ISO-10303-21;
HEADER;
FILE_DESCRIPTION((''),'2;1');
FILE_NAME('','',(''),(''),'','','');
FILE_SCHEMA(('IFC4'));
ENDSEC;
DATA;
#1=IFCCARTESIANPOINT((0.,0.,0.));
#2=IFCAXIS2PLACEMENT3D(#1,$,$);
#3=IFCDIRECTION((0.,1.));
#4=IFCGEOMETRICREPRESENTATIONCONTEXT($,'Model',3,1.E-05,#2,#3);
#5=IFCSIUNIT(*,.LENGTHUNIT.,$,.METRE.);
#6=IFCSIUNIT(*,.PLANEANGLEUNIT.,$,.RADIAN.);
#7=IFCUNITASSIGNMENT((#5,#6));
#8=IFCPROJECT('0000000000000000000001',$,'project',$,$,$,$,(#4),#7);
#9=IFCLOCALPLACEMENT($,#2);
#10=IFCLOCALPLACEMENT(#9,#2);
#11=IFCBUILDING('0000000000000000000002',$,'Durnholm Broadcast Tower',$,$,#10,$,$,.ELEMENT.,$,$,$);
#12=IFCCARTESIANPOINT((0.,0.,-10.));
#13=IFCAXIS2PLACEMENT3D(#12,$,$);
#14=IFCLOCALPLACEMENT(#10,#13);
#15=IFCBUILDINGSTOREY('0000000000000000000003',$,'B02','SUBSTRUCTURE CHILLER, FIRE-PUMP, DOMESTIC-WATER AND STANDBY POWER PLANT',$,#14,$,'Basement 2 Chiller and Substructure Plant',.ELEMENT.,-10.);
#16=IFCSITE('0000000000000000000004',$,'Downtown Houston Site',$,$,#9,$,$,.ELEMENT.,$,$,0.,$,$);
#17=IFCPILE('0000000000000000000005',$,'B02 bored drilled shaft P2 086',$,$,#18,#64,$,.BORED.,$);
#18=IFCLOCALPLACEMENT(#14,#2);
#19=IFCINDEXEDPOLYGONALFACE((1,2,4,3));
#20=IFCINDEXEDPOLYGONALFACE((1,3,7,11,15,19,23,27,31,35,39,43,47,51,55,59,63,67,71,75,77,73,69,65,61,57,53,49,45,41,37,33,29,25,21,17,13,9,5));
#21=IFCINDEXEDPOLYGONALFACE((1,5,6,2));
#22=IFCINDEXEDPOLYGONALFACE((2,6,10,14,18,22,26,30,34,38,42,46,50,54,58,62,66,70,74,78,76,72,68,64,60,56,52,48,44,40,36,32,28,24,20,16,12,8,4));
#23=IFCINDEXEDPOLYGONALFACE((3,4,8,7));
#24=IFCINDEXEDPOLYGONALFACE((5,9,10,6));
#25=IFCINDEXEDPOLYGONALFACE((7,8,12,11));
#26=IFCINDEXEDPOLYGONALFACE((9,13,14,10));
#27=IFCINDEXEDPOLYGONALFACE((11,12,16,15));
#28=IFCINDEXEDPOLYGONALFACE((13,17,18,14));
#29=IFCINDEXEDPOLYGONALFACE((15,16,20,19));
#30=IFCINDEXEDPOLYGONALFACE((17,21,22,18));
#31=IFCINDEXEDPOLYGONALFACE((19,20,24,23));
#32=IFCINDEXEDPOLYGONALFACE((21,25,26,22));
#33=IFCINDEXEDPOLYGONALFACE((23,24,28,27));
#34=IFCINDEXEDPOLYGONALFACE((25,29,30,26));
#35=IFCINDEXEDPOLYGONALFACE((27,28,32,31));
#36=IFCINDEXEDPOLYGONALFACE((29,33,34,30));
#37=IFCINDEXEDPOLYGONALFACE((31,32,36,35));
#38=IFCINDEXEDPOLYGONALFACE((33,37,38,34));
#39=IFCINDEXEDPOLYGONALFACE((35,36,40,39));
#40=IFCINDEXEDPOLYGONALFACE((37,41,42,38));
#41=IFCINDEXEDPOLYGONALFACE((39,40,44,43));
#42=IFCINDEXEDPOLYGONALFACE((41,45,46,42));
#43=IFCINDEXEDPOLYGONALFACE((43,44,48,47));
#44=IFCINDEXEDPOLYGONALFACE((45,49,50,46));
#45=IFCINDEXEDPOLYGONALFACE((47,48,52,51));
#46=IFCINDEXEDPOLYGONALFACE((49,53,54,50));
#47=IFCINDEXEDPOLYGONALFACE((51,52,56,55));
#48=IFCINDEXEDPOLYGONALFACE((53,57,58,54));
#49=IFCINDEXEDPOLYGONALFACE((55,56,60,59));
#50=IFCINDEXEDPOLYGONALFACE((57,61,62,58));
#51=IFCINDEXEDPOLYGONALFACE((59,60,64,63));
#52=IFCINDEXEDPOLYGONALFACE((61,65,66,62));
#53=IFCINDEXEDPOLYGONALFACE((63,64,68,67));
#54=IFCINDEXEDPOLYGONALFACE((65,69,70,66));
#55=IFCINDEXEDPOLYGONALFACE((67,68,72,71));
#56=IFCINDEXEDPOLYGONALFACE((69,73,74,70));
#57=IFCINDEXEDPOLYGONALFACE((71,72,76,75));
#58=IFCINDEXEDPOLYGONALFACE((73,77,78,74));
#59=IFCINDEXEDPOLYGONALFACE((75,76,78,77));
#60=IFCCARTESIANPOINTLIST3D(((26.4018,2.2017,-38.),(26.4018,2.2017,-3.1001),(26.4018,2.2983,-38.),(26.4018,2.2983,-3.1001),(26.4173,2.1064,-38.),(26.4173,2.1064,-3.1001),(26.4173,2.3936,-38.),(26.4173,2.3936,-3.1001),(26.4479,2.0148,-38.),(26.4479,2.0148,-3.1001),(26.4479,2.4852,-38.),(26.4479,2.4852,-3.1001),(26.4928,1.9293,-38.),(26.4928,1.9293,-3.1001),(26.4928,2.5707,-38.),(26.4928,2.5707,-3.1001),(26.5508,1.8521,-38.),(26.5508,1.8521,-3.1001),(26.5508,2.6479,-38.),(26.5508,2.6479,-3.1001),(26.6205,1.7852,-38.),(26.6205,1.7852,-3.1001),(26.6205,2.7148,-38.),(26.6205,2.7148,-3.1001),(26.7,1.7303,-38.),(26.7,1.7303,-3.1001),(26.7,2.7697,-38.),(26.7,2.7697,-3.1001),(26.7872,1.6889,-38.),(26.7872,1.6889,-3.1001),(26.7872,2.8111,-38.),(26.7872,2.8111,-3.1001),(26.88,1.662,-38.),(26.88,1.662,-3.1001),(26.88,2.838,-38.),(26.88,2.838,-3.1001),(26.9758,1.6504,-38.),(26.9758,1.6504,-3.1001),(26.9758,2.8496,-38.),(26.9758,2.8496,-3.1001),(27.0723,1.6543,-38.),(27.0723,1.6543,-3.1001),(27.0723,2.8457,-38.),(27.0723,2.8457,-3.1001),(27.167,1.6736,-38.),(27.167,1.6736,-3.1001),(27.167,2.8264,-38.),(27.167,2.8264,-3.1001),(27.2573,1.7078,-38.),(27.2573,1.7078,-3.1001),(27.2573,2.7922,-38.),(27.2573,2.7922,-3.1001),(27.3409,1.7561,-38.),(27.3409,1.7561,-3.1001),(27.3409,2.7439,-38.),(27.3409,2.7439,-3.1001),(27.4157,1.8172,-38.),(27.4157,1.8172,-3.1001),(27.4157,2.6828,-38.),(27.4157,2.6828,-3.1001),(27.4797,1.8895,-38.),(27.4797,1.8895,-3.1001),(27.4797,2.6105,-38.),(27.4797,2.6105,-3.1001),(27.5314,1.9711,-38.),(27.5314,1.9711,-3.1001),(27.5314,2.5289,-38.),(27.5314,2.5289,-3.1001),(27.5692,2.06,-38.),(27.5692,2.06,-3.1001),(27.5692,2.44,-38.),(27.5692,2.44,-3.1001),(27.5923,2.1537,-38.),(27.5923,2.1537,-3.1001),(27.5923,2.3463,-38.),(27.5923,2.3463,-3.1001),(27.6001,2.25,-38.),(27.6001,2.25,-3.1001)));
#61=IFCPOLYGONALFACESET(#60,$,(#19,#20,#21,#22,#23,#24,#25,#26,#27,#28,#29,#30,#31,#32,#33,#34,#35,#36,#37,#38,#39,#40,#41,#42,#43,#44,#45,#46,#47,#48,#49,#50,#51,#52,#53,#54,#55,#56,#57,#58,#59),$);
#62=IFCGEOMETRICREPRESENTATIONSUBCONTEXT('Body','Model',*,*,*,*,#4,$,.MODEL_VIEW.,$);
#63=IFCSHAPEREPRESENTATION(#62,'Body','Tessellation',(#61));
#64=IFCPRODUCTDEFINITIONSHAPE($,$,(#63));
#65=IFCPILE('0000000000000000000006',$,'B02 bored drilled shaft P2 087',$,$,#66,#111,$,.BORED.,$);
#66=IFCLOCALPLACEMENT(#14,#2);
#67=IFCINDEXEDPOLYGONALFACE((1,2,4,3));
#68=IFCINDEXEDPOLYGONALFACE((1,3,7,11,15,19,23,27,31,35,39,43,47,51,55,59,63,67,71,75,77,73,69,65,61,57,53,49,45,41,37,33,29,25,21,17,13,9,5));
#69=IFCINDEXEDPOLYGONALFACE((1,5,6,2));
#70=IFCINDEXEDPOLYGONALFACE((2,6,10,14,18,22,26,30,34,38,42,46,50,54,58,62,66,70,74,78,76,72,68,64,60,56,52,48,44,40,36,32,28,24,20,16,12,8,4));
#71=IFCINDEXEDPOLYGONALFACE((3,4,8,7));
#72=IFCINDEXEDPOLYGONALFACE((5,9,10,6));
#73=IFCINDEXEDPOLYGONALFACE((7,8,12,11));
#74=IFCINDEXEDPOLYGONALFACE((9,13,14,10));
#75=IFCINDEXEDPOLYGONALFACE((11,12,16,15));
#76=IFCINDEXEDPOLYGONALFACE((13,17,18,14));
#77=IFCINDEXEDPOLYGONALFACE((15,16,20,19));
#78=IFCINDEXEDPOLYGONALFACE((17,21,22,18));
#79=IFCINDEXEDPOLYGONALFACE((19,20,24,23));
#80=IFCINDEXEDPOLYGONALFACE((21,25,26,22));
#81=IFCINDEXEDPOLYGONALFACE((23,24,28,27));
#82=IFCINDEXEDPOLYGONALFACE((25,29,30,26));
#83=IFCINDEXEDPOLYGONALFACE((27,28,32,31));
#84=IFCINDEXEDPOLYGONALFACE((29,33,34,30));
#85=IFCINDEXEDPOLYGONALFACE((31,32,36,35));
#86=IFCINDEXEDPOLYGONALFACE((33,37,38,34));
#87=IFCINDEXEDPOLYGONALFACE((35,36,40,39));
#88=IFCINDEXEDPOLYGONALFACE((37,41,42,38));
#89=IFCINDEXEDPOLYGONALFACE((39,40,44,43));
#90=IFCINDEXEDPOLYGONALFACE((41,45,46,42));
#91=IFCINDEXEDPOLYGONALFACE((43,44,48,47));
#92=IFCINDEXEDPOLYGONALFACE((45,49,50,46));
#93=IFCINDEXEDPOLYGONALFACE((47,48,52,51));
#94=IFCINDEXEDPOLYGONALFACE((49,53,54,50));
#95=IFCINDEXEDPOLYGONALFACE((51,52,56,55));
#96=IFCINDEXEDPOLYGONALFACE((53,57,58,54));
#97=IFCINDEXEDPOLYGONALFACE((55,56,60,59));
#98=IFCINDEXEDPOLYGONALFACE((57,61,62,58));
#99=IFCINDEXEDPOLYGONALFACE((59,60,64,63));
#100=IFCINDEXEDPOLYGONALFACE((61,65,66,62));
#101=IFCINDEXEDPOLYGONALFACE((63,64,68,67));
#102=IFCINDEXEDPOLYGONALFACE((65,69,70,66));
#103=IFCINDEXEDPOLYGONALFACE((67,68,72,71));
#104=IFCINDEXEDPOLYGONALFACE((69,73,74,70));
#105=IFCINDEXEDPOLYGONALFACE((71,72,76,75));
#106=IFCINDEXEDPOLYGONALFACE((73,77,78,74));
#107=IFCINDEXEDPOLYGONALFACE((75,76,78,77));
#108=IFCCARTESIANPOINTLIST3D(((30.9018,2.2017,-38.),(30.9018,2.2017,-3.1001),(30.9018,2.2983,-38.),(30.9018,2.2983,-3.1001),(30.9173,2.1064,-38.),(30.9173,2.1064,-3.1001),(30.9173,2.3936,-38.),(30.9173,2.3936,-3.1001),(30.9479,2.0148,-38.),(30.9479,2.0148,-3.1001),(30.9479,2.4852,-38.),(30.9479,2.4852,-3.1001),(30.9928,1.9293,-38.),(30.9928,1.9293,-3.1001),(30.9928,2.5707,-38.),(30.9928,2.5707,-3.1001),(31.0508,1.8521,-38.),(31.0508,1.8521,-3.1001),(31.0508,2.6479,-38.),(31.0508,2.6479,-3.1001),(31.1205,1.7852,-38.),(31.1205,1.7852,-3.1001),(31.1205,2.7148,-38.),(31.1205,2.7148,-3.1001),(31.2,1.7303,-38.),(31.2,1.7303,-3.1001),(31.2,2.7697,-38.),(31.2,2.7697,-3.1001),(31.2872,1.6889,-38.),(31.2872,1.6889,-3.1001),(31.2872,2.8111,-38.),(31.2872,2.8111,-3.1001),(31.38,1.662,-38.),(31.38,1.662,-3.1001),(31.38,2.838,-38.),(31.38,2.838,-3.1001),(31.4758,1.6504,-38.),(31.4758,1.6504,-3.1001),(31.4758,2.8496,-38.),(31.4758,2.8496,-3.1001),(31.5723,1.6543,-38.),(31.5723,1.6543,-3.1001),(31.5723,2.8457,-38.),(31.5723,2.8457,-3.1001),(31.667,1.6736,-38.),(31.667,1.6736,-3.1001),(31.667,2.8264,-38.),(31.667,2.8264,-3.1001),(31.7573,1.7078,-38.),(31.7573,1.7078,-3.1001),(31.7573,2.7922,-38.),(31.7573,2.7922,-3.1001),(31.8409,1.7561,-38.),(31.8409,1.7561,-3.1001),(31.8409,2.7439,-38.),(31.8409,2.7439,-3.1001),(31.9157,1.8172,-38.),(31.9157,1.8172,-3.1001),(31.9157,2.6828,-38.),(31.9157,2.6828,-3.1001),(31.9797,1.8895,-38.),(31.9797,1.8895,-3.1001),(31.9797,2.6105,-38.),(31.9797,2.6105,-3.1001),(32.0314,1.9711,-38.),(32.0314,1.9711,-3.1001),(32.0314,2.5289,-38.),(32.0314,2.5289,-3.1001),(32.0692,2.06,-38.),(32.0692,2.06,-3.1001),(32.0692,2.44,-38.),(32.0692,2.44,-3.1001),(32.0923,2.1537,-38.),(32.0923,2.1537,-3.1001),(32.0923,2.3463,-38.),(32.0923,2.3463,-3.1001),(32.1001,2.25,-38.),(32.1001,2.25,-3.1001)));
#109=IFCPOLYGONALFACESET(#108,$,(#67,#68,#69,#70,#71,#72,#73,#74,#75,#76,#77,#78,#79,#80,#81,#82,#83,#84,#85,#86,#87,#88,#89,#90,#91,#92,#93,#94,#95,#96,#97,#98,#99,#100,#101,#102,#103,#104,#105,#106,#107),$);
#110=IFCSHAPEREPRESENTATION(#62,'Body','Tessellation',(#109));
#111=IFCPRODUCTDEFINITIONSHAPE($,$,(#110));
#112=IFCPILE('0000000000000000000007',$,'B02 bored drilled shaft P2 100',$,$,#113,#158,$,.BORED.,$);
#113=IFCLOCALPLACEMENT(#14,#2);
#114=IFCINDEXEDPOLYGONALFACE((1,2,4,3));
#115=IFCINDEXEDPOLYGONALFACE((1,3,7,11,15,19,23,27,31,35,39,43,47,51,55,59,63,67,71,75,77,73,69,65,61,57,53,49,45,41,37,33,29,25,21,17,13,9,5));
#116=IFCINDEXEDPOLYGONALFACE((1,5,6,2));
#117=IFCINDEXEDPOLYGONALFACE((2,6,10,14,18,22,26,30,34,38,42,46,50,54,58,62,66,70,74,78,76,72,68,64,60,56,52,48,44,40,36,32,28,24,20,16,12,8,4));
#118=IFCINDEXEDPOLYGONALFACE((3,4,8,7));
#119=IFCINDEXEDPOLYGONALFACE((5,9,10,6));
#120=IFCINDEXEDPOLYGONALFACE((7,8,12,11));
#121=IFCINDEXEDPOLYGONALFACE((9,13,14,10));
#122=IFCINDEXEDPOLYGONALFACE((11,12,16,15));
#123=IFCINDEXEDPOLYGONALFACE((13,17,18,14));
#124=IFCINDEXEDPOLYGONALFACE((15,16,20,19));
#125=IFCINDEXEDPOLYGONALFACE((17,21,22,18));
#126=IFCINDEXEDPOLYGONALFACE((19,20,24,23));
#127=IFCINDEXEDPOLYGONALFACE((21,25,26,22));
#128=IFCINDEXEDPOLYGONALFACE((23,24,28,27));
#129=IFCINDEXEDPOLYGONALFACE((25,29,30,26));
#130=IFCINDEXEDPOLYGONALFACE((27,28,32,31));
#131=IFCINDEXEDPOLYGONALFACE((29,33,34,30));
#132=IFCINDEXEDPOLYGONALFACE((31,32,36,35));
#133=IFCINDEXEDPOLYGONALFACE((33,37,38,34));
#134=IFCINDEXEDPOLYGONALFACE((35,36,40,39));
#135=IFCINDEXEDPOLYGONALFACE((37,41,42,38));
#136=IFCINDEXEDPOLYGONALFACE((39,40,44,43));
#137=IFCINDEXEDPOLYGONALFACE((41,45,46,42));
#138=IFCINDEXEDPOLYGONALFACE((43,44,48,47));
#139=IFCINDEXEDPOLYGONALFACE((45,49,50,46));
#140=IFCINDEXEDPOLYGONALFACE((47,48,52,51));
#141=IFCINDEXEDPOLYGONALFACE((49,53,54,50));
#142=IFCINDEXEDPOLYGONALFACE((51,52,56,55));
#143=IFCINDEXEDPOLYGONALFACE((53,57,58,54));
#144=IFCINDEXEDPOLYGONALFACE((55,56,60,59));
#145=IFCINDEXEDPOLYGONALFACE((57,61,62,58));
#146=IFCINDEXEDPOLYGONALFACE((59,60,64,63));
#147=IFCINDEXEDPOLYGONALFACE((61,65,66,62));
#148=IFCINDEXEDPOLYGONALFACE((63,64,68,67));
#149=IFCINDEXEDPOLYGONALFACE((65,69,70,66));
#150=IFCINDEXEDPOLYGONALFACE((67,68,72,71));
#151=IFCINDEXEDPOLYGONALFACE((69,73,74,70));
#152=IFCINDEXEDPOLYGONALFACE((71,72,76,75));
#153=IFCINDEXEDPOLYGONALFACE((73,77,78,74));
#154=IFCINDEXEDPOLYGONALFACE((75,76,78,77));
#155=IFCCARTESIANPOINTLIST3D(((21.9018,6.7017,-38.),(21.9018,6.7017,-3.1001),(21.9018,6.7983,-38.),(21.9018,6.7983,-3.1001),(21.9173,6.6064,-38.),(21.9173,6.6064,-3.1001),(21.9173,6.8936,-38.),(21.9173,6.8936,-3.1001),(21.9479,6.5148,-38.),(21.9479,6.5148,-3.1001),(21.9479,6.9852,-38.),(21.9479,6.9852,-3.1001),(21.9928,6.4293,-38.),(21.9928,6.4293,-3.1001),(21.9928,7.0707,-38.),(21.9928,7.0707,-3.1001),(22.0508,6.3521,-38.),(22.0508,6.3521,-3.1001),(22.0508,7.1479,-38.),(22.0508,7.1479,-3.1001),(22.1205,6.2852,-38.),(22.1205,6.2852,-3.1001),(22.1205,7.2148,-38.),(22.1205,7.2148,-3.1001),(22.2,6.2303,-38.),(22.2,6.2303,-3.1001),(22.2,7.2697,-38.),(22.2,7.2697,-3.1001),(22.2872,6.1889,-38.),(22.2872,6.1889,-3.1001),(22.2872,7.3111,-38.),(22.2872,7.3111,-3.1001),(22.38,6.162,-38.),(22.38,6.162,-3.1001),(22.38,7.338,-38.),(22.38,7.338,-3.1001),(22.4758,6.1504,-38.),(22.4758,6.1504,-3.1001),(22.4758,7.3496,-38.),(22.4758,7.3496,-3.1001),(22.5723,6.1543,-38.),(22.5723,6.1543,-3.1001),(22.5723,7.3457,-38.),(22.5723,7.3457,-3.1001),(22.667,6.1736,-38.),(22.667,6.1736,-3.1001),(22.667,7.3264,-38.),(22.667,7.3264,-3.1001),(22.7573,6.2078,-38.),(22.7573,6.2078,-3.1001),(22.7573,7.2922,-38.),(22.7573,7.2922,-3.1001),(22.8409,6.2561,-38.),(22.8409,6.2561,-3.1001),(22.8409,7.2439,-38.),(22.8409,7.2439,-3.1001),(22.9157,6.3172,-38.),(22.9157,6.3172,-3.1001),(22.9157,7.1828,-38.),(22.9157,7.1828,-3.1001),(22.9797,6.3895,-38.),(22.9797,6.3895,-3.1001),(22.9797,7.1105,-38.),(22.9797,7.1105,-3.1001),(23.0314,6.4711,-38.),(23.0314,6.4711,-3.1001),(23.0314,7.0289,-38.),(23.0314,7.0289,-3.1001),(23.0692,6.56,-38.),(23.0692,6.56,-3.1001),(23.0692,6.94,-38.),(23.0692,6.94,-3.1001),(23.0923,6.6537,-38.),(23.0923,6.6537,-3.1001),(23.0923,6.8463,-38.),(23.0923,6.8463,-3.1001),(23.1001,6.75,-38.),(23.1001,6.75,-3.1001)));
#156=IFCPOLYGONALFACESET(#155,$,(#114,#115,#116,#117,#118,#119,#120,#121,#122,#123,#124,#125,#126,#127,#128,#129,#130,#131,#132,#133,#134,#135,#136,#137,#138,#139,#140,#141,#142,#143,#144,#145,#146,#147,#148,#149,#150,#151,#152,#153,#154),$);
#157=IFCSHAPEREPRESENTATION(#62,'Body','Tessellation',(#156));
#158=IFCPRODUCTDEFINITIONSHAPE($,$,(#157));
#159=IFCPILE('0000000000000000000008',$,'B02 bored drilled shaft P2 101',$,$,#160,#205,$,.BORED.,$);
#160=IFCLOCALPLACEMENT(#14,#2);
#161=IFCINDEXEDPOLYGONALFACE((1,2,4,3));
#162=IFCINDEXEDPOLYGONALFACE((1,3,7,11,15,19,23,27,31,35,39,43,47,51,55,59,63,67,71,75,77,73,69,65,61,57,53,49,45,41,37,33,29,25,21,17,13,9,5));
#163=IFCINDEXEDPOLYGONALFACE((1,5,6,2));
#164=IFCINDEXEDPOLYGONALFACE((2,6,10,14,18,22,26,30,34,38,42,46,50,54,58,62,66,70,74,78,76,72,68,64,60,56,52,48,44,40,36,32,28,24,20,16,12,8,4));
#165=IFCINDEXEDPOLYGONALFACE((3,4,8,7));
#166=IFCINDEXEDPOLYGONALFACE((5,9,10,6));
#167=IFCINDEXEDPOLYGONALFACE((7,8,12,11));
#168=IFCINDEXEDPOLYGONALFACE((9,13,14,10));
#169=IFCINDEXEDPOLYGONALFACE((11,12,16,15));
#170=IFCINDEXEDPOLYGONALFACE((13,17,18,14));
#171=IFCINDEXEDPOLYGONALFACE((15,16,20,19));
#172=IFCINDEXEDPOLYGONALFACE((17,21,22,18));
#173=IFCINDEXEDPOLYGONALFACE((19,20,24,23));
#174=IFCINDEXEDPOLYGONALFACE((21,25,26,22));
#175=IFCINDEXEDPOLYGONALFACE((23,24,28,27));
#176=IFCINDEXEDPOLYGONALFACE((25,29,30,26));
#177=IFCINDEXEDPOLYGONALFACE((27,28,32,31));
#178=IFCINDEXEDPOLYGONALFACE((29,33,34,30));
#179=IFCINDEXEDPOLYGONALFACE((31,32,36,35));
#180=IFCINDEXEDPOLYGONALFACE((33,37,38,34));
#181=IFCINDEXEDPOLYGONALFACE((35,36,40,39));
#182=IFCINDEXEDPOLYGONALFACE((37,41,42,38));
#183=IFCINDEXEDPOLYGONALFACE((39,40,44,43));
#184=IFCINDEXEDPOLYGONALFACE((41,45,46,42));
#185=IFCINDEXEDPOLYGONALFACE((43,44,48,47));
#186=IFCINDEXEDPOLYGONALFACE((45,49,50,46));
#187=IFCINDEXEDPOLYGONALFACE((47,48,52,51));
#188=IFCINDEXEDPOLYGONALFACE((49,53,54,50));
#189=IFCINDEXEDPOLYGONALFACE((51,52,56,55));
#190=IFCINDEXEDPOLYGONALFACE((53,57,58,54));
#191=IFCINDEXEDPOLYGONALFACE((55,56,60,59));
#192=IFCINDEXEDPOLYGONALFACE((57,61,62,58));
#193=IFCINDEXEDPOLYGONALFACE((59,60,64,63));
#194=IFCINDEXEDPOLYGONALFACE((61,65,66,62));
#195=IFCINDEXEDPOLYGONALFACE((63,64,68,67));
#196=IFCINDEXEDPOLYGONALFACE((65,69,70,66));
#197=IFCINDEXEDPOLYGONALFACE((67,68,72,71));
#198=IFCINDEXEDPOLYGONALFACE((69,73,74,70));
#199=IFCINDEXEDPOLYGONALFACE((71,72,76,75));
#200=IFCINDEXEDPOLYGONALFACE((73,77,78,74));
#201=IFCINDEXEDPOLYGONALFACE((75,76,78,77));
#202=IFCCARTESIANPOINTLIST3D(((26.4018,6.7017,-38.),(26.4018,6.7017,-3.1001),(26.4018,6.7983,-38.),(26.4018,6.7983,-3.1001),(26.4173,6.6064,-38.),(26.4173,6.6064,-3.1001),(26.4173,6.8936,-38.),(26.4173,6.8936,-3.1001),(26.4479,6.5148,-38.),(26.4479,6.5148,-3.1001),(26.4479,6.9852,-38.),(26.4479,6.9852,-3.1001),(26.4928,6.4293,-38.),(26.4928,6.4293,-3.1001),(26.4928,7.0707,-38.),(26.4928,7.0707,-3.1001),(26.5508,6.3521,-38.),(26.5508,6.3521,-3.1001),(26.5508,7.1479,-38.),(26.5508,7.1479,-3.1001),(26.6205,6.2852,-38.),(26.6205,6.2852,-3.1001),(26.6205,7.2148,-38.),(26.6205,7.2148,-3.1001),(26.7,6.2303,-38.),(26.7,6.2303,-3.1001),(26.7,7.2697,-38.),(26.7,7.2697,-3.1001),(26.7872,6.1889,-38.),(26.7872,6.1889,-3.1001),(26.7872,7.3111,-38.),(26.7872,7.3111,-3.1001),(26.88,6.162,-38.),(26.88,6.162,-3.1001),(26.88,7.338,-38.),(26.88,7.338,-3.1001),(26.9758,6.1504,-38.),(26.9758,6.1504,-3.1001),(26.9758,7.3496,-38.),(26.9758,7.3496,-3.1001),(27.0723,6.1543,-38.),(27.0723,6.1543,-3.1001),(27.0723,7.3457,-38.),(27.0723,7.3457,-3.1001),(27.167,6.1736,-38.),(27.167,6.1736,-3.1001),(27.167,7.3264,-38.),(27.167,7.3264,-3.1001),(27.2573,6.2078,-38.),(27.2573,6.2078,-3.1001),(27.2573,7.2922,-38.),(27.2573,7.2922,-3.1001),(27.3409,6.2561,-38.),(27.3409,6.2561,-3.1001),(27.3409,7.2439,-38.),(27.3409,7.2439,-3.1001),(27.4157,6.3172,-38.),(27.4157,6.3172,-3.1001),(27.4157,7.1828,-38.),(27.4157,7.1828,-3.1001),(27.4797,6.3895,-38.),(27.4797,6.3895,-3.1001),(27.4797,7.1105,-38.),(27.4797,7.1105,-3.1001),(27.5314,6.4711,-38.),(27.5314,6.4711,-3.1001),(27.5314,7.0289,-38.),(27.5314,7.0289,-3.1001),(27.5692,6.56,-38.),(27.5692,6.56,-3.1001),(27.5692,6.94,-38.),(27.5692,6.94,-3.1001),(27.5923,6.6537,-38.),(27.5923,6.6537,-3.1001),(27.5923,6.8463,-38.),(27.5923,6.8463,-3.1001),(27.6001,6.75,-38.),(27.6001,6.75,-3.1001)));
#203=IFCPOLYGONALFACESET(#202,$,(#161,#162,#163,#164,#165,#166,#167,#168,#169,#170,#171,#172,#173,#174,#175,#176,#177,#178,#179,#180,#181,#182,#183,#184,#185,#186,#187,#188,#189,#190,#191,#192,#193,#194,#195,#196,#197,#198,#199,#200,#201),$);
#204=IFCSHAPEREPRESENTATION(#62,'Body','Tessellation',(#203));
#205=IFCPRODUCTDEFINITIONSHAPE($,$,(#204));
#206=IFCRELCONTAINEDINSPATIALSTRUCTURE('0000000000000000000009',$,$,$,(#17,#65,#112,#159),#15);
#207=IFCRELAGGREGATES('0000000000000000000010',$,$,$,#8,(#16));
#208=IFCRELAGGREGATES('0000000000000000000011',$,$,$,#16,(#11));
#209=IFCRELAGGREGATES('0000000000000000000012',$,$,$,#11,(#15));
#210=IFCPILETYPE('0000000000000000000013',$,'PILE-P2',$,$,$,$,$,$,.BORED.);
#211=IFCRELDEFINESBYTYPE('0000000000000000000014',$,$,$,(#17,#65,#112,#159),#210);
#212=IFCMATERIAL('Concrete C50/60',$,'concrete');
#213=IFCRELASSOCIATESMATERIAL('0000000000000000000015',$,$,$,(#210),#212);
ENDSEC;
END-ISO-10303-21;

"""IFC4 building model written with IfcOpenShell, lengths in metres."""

from ifc_helpers import new_model, si_unit, direction, frame, origin, origin_2d, place, context, subcontext, project, spatial, circle, extrude, source, transform, mapped, material, material_profile, profile_set, type_object, type_shapes, element, save


model = new_model("IFC4")

# Units and contexts
model_context = context("Model", 3, precision=1e-05, world=origin(), true_north=direction((0.0, 1.0)))
body_context = subcontext(model_context, "Body", "Model", "MODEL_VIEW")
ifc_project = project(units=[si_unit("LENGTHUNIT", "METRE"), si_unit("PLANEANGLEUNIT", "RADIAN")], contexts=[model_context])

# Site, building, storey
site_placement = place(None, origin())
site = spatial("IfcSite", under=ifc_project, at=site_placement, Name="Downtown Houston Site", CompositionType="ELEMENT", RefElevation=0.0)
building_placement = place(site_placement, origin())
building = spatial("IfcBuilding", under=site, at=building_placement, Name="Durnholm Broadcast Tower", CompositionType="ELEMENT")
storey_placement = place(building_placement, frame((0.0, 0.0, -10.0)))
storey = spatial("IfcBuildingStorey", under=building, at=storey_placement, Name="B02", Description="SUBSTRUCTURE CHILLER, FIRE-PUMP, DOMESTIC-WATER AND STANDBY POWER PLANT", LongName="Basement 2 Chiller and Substructure Plant", CompositionType="ELEMENT", Elevation=-10.0)

# Piles
ifc_material_1 = material(Name="Concrete C50/60", Category="concrete")
ifc_material_profile_1 = material_profile(ifc_material_1, circle(Radius=0.6001, at=origin_2d()), Name="PILE1200")
ifc_profile_set_1 = profile_set([ifc_material_profile_1], Name="Concrete C50/60")
pile_type_1 = type_object("IfcPileType", Name="PILE-P2", PredefinedType="BORED", material=ifc_profile_set_1)
shared_shape_1 = source(origin(), body_context, "Body", "SweptSolid", [
    extrude(circle(Radius=0.6001, at=origin_2d()), origin(), (0.0, 0.0, 1.0), 34.8999),
])
type_shapes(pile_type_1, [shared_shape_1])
for number, where, z_axis, x_axis, name in (
    (1, (27.0, 2.25, -3.1001), (0.0, 0.0, -1.0), (1.0, 0.0, 0.0), "B02 bored drilled shaft P2 086"),
    (2, (31.5, 2.25, -3.1001), (0.0, 0.0, -1.0), (1.0, 0.0, 0.0), "B02 bored drilled shaft P2 087"),
    (3, (22.5, 6.75, -3.1001), (0.0, 0.0, -1.0), (1.0, 0.0, 0.0), "B02 bored drilled shaft P2 100"),
    (4, (27.0, 6.75, -3.1001), (0.0, 0.0, -1.0), (1.0, 0.0, 0.0), "B02 bored drilled shaft P2 101"),
):
    element("IfcPile", number, at=place(storey_placement, frame(where, z_axis=z_axis, x_axis=x_axis)), inside=storey, type_object=pile_type_1, Name=name, PredefinedType="BORED", context=body_context, shape_type="MappedRepresentation", body=[
        mapped(shared_shape_1, transform((0.0, 0.0, 0.0), x_axis=(1.0, 0.0, 0.0), y_axis=(0.0, 1.0, 0.0), z_axis=(0.0, 0.0, 1.0), scale=1.0)),
    ])

save(model, "model.ifc")
